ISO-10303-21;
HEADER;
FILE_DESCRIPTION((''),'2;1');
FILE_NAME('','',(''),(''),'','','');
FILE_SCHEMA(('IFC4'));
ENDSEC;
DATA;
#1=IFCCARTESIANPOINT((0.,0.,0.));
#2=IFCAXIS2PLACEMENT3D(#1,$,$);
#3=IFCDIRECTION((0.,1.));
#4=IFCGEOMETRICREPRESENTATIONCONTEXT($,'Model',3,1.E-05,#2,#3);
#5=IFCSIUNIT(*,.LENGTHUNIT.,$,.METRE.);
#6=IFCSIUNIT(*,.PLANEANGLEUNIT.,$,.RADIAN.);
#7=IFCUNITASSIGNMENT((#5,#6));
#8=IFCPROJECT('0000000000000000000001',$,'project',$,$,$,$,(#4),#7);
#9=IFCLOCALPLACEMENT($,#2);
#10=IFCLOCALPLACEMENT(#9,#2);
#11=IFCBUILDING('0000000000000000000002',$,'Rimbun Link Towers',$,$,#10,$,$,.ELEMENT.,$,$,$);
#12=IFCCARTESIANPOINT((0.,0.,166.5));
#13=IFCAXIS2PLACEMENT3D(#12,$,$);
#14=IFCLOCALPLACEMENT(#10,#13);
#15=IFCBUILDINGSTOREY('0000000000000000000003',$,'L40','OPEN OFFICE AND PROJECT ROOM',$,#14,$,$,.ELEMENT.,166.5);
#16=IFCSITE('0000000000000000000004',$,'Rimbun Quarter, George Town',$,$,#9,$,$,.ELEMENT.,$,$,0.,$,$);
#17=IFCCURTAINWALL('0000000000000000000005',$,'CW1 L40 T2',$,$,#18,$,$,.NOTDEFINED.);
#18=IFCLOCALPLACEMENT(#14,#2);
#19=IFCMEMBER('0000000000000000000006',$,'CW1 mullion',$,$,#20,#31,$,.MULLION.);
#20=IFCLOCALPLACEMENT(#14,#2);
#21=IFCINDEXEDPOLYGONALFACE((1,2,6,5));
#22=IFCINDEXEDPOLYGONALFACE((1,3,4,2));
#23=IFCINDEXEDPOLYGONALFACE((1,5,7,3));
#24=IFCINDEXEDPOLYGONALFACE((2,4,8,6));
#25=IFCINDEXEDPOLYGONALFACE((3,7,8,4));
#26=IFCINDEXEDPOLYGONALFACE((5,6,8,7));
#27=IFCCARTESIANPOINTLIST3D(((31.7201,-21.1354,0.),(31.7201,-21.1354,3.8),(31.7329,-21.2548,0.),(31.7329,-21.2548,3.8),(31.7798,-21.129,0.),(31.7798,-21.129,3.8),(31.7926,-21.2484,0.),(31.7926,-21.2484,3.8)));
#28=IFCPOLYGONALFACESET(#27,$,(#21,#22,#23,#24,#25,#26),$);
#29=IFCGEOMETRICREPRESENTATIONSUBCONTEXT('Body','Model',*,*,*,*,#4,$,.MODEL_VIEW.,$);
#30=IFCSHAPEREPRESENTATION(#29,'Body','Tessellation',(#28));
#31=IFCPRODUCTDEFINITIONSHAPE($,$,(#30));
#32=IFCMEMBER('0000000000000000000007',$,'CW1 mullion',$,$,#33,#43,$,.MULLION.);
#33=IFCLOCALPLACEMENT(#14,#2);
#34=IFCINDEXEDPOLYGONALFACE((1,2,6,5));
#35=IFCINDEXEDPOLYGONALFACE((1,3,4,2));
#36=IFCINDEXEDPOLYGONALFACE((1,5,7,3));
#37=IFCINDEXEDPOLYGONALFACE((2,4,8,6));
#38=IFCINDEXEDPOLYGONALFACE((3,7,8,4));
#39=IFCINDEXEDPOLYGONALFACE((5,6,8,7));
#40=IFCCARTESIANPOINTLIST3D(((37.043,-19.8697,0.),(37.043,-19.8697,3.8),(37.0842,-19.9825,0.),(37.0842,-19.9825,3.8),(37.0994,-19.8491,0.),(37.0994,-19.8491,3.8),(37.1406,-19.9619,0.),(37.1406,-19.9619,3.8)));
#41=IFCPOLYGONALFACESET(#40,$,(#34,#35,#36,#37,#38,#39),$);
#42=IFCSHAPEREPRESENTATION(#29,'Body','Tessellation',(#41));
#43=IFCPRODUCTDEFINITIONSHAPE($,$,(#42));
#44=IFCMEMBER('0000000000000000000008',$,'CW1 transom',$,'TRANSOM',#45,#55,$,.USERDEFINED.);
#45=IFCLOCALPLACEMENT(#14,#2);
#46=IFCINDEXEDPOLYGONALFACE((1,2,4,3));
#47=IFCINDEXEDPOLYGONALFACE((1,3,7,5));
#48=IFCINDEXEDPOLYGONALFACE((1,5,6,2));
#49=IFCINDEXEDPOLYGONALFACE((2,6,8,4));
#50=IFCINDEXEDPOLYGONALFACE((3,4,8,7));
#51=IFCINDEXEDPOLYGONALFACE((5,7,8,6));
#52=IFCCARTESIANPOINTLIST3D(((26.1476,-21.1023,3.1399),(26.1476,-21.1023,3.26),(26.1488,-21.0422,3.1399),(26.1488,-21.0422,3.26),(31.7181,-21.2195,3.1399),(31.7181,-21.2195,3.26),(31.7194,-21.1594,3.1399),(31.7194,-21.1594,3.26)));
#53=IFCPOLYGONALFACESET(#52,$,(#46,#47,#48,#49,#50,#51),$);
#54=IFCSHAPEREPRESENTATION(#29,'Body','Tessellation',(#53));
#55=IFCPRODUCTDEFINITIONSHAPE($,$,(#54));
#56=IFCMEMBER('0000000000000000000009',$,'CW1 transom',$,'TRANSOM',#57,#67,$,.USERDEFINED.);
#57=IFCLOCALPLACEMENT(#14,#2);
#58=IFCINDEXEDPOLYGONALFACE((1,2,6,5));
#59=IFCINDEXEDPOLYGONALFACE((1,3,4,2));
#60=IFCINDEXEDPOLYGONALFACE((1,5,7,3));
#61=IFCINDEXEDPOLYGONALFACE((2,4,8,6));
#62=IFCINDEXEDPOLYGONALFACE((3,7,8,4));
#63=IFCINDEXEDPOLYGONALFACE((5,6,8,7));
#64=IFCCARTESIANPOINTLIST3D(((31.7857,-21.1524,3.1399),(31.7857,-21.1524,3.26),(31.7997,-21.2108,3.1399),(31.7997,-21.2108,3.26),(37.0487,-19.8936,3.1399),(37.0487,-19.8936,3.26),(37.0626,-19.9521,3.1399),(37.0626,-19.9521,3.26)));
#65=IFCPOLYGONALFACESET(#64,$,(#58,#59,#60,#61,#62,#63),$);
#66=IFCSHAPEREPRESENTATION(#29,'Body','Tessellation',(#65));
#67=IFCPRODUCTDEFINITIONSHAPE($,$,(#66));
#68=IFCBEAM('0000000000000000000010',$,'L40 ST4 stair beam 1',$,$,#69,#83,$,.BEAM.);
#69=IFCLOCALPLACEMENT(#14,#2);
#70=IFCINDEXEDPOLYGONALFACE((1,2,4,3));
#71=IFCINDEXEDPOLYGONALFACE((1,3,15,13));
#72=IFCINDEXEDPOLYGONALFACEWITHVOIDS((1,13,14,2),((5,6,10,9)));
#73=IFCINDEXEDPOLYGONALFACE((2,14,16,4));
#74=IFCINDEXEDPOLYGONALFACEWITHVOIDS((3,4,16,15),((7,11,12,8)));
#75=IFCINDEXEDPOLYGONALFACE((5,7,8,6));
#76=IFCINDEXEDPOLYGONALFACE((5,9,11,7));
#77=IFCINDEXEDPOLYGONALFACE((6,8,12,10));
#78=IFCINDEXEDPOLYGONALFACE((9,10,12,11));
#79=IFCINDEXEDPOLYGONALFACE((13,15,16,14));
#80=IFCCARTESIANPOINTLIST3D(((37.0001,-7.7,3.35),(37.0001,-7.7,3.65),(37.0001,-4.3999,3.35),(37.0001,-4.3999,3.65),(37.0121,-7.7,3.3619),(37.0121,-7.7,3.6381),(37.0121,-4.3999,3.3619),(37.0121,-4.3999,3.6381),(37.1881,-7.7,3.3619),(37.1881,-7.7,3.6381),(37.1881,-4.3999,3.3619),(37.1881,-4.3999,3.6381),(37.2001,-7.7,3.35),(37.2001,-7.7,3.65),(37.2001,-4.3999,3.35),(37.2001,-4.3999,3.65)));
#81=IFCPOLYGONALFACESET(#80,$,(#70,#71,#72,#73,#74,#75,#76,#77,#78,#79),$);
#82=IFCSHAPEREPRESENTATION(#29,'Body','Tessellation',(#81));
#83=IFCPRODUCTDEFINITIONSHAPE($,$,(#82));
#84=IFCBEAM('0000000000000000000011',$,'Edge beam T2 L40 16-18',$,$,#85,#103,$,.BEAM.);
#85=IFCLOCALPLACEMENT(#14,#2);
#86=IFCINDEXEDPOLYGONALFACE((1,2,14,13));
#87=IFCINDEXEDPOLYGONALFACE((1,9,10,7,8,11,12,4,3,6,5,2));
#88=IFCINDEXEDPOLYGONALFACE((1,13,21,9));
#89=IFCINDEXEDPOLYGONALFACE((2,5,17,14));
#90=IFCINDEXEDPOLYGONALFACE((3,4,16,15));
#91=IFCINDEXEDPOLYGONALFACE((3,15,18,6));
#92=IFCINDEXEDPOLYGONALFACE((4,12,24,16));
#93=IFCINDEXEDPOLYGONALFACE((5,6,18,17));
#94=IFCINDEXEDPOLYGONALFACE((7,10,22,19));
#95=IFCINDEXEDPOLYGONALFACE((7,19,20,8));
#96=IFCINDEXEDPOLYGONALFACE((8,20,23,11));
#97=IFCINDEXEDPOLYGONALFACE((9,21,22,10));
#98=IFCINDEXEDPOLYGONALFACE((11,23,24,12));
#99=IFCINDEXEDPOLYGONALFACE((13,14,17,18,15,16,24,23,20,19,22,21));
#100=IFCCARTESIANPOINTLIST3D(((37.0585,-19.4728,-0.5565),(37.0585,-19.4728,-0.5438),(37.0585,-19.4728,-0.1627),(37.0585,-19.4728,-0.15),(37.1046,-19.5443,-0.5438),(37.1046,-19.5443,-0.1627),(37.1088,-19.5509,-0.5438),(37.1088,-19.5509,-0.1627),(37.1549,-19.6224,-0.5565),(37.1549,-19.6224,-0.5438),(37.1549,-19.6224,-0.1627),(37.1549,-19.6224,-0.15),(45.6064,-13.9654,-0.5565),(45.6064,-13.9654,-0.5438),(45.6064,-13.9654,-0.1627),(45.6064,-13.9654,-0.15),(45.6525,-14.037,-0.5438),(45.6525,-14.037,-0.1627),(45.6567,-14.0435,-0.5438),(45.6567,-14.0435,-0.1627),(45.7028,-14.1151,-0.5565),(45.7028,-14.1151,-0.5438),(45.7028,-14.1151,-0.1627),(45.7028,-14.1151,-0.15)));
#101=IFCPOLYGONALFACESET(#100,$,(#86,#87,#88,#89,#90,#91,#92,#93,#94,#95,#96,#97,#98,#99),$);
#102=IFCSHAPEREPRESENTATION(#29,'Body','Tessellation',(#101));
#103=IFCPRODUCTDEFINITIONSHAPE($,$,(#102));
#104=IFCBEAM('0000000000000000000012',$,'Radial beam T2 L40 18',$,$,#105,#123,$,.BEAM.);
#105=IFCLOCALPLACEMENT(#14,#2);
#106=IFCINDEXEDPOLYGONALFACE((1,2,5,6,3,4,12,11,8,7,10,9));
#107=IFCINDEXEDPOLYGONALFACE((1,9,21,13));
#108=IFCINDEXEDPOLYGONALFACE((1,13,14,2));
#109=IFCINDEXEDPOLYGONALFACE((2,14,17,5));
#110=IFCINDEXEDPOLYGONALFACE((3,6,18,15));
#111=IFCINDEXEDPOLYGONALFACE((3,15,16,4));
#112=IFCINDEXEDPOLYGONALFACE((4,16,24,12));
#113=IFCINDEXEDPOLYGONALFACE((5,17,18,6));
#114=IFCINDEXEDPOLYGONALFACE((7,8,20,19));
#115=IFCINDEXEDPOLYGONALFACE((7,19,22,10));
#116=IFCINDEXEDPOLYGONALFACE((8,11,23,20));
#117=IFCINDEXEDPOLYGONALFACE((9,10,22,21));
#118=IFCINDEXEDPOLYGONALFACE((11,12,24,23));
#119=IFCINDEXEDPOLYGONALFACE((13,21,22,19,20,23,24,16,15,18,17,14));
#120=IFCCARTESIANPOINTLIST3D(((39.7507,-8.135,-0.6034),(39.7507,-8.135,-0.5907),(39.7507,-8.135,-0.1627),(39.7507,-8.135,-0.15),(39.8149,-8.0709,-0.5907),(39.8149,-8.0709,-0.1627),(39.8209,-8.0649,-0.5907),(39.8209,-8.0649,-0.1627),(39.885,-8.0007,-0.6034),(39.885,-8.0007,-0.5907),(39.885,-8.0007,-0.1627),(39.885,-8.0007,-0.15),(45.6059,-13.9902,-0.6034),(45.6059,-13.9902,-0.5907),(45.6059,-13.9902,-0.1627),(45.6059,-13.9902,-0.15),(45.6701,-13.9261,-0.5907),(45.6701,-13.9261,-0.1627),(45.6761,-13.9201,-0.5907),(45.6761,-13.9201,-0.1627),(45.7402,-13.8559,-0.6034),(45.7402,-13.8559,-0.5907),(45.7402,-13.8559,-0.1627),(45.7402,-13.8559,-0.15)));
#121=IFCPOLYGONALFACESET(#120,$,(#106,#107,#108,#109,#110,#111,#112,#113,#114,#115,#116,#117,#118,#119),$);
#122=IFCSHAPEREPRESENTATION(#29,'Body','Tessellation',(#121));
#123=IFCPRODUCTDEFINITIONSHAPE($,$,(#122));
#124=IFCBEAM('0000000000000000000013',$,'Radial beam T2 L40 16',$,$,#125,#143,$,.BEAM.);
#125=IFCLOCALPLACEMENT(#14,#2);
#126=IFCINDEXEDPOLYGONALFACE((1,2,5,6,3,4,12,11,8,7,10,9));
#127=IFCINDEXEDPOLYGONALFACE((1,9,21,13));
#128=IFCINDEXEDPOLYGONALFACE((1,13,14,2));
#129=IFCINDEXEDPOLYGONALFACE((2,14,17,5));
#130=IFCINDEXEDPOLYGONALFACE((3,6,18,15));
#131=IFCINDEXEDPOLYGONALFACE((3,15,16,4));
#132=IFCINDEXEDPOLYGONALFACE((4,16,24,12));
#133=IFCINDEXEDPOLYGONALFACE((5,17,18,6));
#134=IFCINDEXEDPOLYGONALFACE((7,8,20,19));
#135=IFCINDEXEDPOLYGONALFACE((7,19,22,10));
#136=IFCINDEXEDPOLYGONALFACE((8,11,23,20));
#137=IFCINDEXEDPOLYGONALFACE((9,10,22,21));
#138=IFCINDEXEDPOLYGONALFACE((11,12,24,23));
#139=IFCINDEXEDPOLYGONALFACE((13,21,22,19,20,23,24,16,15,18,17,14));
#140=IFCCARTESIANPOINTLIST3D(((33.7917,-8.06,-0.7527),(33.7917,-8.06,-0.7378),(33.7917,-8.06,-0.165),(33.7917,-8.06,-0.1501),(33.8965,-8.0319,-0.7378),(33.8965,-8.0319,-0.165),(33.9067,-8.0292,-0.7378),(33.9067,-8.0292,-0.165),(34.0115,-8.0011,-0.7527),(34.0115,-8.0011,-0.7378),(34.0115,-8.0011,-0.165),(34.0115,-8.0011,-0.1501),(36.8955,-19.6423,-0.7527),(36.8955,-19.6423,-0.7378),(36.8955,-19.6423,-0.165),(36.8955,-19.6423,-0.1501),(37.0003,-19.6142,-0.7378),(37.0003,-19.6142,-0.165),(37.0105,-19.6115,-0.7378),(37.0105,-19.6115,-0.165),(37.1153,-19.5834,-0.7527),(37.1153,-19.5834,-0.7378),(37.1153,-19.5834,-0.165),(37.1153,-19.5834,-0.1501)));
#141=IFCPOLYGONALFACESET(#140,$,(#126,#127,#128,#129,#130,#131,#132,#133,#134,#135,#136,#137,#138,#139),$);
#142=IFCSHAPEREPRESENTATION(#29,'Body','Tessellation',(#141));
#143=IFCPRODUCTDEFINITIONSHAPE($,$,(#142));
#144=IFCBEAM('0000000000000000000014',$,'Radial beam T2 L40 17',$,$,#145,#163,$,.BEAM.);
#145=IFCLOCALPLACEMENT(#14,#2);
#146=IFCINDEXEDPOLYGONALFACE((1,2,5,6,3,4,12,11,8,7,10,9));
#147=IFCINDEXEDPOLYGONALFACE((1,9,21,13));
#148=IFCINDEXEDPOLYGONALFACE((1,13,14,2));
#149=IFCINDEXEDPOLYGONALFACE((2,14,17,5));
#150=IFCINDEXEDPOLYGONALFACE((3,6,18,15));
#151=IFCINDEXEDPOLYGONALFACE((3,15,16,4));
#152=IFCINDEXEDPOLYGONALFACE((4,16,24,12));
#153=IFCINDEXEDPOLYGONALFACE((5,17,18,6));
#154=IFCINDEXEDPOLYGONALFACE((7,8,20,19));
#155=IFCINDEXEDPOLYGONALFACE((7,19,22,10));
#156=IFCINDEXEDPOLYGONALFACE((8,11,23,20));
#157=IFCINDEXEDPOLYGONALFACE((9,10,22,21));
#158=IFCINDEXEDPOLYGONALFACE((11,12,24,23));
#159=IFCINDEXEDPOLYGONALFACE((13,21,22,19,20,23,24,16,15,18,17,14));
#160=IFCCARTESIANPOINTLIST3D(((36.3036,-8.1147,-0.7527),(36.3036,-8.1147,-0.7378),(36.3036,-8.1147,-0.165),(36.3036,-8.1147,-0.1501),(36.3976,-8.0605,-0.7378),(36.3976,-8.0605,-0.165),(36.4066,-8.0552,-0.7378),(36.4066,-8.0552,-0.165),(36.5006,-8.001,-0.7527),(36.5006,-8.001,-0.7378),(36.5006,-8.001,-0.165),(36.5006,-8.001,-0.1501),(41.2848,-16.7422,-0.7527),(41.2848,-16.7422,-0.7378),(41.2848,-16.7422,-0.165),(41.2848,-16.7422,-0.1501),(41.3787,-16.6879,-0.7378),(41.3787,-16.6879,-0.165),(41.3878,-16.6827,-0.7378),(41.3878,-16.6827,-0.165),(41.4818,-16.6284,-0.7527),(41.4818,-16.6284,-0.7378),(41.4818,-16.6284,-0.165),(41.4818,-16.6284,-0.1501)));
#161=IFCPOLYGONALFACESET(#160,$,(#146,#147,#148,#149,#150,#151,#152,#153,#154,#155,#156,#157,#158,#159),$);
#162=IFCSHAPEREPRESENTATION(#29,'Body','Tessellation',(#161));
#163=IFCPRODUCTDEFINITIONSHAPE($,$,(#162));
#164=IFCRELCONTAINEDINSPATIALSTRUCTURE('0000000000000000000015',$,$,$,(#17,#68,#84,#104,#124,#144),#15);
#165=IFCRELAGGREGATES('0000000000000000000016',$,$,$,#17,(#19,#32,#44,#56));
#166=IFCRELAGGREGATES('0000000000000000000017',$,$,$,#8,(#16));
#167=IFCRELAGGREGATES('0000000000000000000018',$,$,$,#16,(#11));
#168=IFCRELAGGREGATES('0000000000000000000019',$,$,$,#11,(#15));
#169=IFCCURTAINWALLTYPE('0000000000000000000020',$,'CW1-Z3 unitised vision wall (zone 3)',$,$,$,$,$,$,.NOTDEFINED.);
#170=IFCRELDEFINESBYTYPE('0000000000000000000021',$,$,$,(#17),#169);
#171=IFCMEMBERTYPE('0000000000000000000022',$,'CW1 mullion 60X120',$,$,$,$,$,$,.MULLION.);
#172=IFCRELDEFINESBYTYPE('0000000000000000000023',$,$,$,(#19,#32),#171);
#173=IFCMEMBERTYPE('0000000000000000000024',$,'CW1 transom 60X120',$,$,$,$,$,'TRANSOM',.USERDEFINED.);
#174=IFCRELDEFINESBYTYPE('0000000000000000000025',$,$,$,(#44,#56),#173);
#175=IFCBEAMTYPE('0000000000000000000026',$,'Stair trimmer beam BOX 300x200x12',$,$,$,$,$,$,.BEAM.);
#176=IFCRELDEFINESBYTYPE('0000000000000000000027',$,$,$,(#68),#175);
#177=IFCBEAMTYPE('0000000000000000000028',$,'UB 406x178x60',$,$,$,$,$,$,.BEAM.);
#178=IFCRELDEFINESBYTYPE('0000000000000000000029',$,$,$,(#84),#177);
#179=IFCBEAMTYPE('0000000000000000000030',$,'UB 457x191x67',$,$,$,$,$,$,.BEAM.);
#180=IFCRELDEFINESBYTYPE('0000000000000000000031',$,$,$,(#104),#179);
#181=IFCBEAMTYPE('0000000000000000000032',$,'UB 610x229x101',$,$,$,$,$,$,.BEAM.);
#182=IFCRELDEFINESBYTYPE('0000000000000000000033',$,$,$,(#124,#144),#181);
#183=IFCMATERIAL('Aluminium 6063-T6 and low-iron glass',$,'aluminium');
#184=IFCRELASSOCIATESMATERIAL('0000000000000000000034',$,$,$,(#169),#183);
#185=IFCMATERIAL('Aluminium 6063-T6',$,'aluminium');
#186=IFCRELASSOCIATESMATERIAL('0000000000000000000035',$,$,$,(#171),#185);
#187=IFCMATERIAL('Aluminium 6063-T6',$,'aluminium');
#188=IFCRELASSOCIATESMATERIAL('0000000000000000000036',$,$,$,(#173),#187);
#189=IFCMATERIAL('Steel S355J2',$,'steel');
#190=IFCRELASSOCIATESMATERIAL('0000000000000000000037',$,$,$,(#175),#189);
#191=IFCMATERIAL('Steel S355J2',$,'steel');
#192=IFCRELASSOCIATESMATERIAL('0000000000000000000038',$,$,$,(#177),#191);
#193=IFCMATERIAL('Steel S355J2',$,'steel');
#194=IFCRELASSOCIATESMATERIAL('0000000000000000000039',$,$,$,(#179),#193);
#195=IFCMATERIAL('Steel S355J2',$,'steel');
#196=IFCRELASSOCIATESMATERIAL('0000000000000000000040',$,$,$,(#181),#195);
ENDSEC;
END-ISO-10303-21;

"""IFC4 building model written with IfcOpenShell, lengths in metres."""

from ifc_helpers import new_model, si_unit, direction, frame, origin, origin_2d, place, context, subcontext, project, spatial, rectangle, hollow_rectangle, i_section, extrude, material, material_profile, profile_set, type_object, element, aggregate, save


model = new_model("IFC4")

# Units and contexts
model_context = context("Model", 3, precision=1e-05, world=origin(), true_north=direction((0.0, 1.0)))
body_context = subcontext(model_context, "Body", "Model", "MODEL_VIEW")
ifc_project = project(units=[si_unit("LENGTHUNIT", "METRE"), si_unit("PLANEANGLEUNIT", "RADIAN")], contexts=[model_context])

# Site, building, storey
site_placement = place(None, origin())
site = spatial("IfcSite", under=ifc_project, at=site_placement, Name="Rimbun Quarter, George Town", CompositionType="ELEMENT", RefElevation=0.0)
building_placement = place(site_placement, origin())
building = spatial("IfcBuilding", under=site, at=building_placement, Name="Rimbun Link Towers", CompositionType="ELEMENT")
storey_placement = place(building_placement, frame((0.0, 0.0, 166.5)))
storey = spatial("IfcBuildingStorey", under=building, at=storey_placement, Name="L40", Description="OPEN OFFICE AND PROJECT ROOM", CompositionType="ELEMENT", Elevation=166.5)

# Curtain wall, members
ifc_material_1 = material(Name="Aluminium 6063-T6 and low-iron glass", Category="aluminium")
curtain_wall_type = type_object("IfcCurtainWallType", Name="CW1-Z3 unitised vision wall (zone 3)", PredefinedType="NOTDEFINED", material=ifc_material_1)
curtain_wall_placement = place(storey_placement, origin())
curtain_wall = element("IfcCurtainWall", 1, at=curtain_wall_placement, inside=storey, type_object=curtain_wall_type, Name="CW1 L40 T2", PredefinedType="NOTDEFINED")
ifc_material_2 = material(Name="Aluminium 6063-T6", Category="aluminium")
ifc_material_profile_1 = material_profile(ifc_material_2, rectangle(XDim=0.1201, YDim=0.0601, at=origin_2d()), Name="MULLION 60X120")
ifc_profile_set_1 = profile_set([ifc_material_profile_1], Name="Aluminium 6063-T6")
member_type_1 = type_object("IfcMemberType", Name="CW1 mullion 60X120", PredefinedType="MULLION", material=ifc_profile_set_1)
member_1_placement = place(storey_placement, frame((31.7563, -21.1919, 0.0), z_axis=(0.0, 0.0, 1.0), x_axis=(0.106647, -0.994297, 0.0)))
member_1 = element("IfcMember", 2, at=member_1_placement, type_object=member_type_1, Name="CW1 mullion", PredefinedType="MULLION", context=body_context, shape_type="SweptSolid", body=[
    extrude(rectangle(XDim=0.1201, YDim=0.0601, at=origin_2d()), origin(), (0.0, 0.0, 1.0), 3.8),
])
member_2_placement = place(storey_placement, frame((37.0918, -19.9158, 0.0), z_axis=(0.0, 0.0, 1.0), x_axis=(0.342966, -0.939348, 0.0)))
member_2 = element("IfcMember", 3, at=member_2_placement, type_object=member_type_1, Name="CW1 mullion", PredefinedType="MULLION", context=body_context, shape_type="SweptSolid", body=[
    extrude(rectangle(XDim=0.1201, YDim=0.0601, at=origin_2d()), origin(), (0.0, 0.0, 1.0), 3.8),
])
ifc_material_3 = material(Name="Aluminium 6063-T6", Category="aluminium")
ifc_material_profile_2 = material_profile(ifc_material_3, rectangle(XDim=0.0601, YDim=0.1201, at=origin_2d()), Name="TRANSOM 60X120")
ifc_profile_set_2 = profile_set([ifc_material_profile_2], Name="Aluminium 6063-T6")
member_type_2 = type_object("IfcMemberType", Name="CW1 transom 60X120", ElementType="TRANSOM", PredefinedType="USERDEFINED", material=ifc_profile_set_2)
member_3_placement = place(storey_placement, frame((31.7188, -21.1895, 3.2), z_axis=(-0.999779, 0.021032, 0.0), x_axis=(-0.021032, -0.999779, 0.0)))
member_3 = element("IfcMember", 4, at=member_3_placement, type_object=member_type_2, Name="CW1 transom", ObjectType="TRANSOM", PredefinedType="USERDEFINED", context=body_context, shape_type="SweptSolid", body=[
    extrude(rectangle(XDim=0.0601, YDim=0.1201, at=origin_2d()), origin(), (0.0, 0.0, 1.0), 5.5718),
])
member_4_placement = place(storey_placement, frame((37.0557, -19.9229, 3.2), z_axis=(-0.972568, -0.232619, 0.0), x_axis=(0.232619, -0.972568, 0.0)))
member_4 = element("IfcMember", 5, at=member_4_placement, type_object=member_type_2, Name="CW1 transom", ObjectType="TRANSOM", PredefinedType="USERDEFINED", context=body_context, shape_type="SweptSolid", body=[
    extrude(rectangle(XDim=0.0601, YDim=0.1201, at=origin_2d()), origin(), (0.0, 0.0, 1.0), 5.4114),
])

# Beams
ifc_material_4 = material(Name="Steel S355J2", Category="steel")
ifc_material_profile_3 = material_profile(ifc_material_4, hollow_rectangle(XDim=0.2, YDim=0.3, WallThickness=0.012, at=origin_2d()), Name="BOX 300x200x12")
ifc_profile_set_3 = profile_set([ifc_material_profile_3], Name="Steel S355J2")
beam_type_1 = type_object("IfcBeamType", Name="Stair trimmer beam BOX 300x200x12", PredefinedType="BEAM", material=ifc_profile_set_3)
beam_1_placement = place(storey_placement, frame((37.1001, -7.7, 3.5), z_axis=(0.0, 1.0, 0.0), x_axis=(-1.0, 0.0, 0.0)))
element("IfcBeam", 6, at=beam_1_placement, inside=storey, type_object=beam_type_1, Name="L40 ST4 stair beam 1", PredefinedType="BEAM", context=body_context, shape_type="SweptSolid", body=[
    extrude(hollow_rectangle(XDim=0.2, YDim=0.3, WallThickness=0.012, at=origin_2d()), origin(), (0.0, 0.0, 1.0), 3.3),
])
ifc_material_5 = material(Name="Steel S355J2", Category="steel")
ifc_material_profile_4 = material_profile(ifc_material_5, i_section(OverallWidth=0.178, OverallDepth=0.4065, WebThickness=0.0078, FlangeThickness=0.0127, at=origin_2d()), Name="UB 406x178x60")
ifc_profile_set_4 = profile_set([ifc_material_profile_4], Name="Steel S355J2")
beam_type_2 = type_object("IfcBeamType", Name="UB 406x178x60", PredefinedType="BEAM", material=ifc_profile_set_4)
beam_2_placement = place(storey_placement, frame((37.1067, -19.5476, -0.3533), z_axis=(0.840629, 0.541612, 0.0), x_axis=(-0.541612, 0.840629, 0.0)))
element("IfcBeam", 7, at=beam_2_placement, inside=storey, type_object=beam_type_2, Name="Edge beam T2 L40 16-18", PredefinedType="BEAM", context=body_context, shape_type="SweptSolid", body=[
    extrude(i_section(OverallWidth=0.178, OverallDepth=0.4065, WebThickness=0.0078, FlangeThickness=0.0127, at=origin_2d()), origin(), (0.0, 0.0, 1.0), 10.1685),
])
ifc_material_6 = material(Name="Steel S355J2", Category="steel")
ifc_material_profile_5 = material_profile(ifc_material_6, i_section(OverallWidth=0.1899, OverallDepth=0.4534, WebThickness=0.0085, FlangeThickness=0.0127, at=origin_2d()), Name="UB 457x191x67")
ifc_profile_set_5 = profile_set([ifc_material_profile_5], Name="Steel S355J2")
beam_type_3 = type_object("IfcBeamType", Name="UB 457x191x67", PredefinedType="BEAM", material=ifc_profile_set_5)
beam_3_placement = place(storey_placement, frame((39.8179, -8.0679, -0.3767), z_axis=(0.707107, -0.707107, 0.0), x_axis=(0.707107, 0.707107, 0.0)))
element("IfcBeam", 8, at=beam_3_placement, inside=storey, type_object=beam_type_3, Name="Radial beam T2 L40 18", PredefinedType="BEAM", context=body_context, shape_type="SweptSolid", body=[
    extrude(i_section(OverallWidth=0.1899, OverallDepth=0.4534, WebThickness=0.0085, FlangeThickness=0.0127, at=origin_2d()), origin(), (0.0, 0.0, 1.0), 8.2805),
])
ifc_material_7 = material(Name="Steel S355J2", Category="steel")
ifc_material_profile_6 = material_profile(ifc_material_7, i_section(OverallWidth=0.2275, OverallDepth=0.6025, WebThickness=0.0105, FlangeThickness=0.0149, at=origin_2d()), Name="UB 610x229x101")
ifc_profile_set_6 = profile_set([ifc_material_profile_6], Name="Steel S355J2")
beam_type_4 = type_object("IfcBeamType", Name="UB 610x229x101", PredefinedType="BEAM", material=ifc_profile_set_6)
beam_4_placement = place(storey_placement, frame((33.9016, -8.0305, -0.4514), z_axis=(0.258842, -0.96592, 0.0), x_axis=(0.96592, 0.258842, 0.0)))
element("IfcBeam", 9, at=beam_4_placement, inside=storey, type_object=beam_type_4, Name="Radial beam T2 L40 16", PredefinedType="BEAM", context=body_context, shape_type="SweptSolid", body=[
    extrude(i_section(OverallWidth=0.2275, OverallDepth=0.6025, WebThickness=0.0105, FlangeThickness=0.0149, at=origin_2d()), origin(), (0.0, 0.0, 1.0), 11.991),
])
beam_5_placement = place(storey_placement, frame((36.4021, -8.0579, -0.4514), z_axis=(0.500011, -0.866019, 0.0), x_axis=(0.866019, 0.500011, 0.0)))
element("IfcBeam", 10, at=beam_5_placement, inside=storey, type_object=beam_type_4, Name="Radial beam T2 L40 17", PredefinedType="BEAM", context=body_context, shape_type="SweptSolid", body=[
    extrude(i_section(OverallWidth=0.2275, OverallDepth=0.6025, WebThickness=0.0105, FlangeThickness=0.0149, at=origin_2d()), origin(), (0.0, 0.0, 1.0), 9.9622),
])

aggregate(curtain_wall, [member_1, member_2, member_3, member_4])

save(model, "model.ifc")
